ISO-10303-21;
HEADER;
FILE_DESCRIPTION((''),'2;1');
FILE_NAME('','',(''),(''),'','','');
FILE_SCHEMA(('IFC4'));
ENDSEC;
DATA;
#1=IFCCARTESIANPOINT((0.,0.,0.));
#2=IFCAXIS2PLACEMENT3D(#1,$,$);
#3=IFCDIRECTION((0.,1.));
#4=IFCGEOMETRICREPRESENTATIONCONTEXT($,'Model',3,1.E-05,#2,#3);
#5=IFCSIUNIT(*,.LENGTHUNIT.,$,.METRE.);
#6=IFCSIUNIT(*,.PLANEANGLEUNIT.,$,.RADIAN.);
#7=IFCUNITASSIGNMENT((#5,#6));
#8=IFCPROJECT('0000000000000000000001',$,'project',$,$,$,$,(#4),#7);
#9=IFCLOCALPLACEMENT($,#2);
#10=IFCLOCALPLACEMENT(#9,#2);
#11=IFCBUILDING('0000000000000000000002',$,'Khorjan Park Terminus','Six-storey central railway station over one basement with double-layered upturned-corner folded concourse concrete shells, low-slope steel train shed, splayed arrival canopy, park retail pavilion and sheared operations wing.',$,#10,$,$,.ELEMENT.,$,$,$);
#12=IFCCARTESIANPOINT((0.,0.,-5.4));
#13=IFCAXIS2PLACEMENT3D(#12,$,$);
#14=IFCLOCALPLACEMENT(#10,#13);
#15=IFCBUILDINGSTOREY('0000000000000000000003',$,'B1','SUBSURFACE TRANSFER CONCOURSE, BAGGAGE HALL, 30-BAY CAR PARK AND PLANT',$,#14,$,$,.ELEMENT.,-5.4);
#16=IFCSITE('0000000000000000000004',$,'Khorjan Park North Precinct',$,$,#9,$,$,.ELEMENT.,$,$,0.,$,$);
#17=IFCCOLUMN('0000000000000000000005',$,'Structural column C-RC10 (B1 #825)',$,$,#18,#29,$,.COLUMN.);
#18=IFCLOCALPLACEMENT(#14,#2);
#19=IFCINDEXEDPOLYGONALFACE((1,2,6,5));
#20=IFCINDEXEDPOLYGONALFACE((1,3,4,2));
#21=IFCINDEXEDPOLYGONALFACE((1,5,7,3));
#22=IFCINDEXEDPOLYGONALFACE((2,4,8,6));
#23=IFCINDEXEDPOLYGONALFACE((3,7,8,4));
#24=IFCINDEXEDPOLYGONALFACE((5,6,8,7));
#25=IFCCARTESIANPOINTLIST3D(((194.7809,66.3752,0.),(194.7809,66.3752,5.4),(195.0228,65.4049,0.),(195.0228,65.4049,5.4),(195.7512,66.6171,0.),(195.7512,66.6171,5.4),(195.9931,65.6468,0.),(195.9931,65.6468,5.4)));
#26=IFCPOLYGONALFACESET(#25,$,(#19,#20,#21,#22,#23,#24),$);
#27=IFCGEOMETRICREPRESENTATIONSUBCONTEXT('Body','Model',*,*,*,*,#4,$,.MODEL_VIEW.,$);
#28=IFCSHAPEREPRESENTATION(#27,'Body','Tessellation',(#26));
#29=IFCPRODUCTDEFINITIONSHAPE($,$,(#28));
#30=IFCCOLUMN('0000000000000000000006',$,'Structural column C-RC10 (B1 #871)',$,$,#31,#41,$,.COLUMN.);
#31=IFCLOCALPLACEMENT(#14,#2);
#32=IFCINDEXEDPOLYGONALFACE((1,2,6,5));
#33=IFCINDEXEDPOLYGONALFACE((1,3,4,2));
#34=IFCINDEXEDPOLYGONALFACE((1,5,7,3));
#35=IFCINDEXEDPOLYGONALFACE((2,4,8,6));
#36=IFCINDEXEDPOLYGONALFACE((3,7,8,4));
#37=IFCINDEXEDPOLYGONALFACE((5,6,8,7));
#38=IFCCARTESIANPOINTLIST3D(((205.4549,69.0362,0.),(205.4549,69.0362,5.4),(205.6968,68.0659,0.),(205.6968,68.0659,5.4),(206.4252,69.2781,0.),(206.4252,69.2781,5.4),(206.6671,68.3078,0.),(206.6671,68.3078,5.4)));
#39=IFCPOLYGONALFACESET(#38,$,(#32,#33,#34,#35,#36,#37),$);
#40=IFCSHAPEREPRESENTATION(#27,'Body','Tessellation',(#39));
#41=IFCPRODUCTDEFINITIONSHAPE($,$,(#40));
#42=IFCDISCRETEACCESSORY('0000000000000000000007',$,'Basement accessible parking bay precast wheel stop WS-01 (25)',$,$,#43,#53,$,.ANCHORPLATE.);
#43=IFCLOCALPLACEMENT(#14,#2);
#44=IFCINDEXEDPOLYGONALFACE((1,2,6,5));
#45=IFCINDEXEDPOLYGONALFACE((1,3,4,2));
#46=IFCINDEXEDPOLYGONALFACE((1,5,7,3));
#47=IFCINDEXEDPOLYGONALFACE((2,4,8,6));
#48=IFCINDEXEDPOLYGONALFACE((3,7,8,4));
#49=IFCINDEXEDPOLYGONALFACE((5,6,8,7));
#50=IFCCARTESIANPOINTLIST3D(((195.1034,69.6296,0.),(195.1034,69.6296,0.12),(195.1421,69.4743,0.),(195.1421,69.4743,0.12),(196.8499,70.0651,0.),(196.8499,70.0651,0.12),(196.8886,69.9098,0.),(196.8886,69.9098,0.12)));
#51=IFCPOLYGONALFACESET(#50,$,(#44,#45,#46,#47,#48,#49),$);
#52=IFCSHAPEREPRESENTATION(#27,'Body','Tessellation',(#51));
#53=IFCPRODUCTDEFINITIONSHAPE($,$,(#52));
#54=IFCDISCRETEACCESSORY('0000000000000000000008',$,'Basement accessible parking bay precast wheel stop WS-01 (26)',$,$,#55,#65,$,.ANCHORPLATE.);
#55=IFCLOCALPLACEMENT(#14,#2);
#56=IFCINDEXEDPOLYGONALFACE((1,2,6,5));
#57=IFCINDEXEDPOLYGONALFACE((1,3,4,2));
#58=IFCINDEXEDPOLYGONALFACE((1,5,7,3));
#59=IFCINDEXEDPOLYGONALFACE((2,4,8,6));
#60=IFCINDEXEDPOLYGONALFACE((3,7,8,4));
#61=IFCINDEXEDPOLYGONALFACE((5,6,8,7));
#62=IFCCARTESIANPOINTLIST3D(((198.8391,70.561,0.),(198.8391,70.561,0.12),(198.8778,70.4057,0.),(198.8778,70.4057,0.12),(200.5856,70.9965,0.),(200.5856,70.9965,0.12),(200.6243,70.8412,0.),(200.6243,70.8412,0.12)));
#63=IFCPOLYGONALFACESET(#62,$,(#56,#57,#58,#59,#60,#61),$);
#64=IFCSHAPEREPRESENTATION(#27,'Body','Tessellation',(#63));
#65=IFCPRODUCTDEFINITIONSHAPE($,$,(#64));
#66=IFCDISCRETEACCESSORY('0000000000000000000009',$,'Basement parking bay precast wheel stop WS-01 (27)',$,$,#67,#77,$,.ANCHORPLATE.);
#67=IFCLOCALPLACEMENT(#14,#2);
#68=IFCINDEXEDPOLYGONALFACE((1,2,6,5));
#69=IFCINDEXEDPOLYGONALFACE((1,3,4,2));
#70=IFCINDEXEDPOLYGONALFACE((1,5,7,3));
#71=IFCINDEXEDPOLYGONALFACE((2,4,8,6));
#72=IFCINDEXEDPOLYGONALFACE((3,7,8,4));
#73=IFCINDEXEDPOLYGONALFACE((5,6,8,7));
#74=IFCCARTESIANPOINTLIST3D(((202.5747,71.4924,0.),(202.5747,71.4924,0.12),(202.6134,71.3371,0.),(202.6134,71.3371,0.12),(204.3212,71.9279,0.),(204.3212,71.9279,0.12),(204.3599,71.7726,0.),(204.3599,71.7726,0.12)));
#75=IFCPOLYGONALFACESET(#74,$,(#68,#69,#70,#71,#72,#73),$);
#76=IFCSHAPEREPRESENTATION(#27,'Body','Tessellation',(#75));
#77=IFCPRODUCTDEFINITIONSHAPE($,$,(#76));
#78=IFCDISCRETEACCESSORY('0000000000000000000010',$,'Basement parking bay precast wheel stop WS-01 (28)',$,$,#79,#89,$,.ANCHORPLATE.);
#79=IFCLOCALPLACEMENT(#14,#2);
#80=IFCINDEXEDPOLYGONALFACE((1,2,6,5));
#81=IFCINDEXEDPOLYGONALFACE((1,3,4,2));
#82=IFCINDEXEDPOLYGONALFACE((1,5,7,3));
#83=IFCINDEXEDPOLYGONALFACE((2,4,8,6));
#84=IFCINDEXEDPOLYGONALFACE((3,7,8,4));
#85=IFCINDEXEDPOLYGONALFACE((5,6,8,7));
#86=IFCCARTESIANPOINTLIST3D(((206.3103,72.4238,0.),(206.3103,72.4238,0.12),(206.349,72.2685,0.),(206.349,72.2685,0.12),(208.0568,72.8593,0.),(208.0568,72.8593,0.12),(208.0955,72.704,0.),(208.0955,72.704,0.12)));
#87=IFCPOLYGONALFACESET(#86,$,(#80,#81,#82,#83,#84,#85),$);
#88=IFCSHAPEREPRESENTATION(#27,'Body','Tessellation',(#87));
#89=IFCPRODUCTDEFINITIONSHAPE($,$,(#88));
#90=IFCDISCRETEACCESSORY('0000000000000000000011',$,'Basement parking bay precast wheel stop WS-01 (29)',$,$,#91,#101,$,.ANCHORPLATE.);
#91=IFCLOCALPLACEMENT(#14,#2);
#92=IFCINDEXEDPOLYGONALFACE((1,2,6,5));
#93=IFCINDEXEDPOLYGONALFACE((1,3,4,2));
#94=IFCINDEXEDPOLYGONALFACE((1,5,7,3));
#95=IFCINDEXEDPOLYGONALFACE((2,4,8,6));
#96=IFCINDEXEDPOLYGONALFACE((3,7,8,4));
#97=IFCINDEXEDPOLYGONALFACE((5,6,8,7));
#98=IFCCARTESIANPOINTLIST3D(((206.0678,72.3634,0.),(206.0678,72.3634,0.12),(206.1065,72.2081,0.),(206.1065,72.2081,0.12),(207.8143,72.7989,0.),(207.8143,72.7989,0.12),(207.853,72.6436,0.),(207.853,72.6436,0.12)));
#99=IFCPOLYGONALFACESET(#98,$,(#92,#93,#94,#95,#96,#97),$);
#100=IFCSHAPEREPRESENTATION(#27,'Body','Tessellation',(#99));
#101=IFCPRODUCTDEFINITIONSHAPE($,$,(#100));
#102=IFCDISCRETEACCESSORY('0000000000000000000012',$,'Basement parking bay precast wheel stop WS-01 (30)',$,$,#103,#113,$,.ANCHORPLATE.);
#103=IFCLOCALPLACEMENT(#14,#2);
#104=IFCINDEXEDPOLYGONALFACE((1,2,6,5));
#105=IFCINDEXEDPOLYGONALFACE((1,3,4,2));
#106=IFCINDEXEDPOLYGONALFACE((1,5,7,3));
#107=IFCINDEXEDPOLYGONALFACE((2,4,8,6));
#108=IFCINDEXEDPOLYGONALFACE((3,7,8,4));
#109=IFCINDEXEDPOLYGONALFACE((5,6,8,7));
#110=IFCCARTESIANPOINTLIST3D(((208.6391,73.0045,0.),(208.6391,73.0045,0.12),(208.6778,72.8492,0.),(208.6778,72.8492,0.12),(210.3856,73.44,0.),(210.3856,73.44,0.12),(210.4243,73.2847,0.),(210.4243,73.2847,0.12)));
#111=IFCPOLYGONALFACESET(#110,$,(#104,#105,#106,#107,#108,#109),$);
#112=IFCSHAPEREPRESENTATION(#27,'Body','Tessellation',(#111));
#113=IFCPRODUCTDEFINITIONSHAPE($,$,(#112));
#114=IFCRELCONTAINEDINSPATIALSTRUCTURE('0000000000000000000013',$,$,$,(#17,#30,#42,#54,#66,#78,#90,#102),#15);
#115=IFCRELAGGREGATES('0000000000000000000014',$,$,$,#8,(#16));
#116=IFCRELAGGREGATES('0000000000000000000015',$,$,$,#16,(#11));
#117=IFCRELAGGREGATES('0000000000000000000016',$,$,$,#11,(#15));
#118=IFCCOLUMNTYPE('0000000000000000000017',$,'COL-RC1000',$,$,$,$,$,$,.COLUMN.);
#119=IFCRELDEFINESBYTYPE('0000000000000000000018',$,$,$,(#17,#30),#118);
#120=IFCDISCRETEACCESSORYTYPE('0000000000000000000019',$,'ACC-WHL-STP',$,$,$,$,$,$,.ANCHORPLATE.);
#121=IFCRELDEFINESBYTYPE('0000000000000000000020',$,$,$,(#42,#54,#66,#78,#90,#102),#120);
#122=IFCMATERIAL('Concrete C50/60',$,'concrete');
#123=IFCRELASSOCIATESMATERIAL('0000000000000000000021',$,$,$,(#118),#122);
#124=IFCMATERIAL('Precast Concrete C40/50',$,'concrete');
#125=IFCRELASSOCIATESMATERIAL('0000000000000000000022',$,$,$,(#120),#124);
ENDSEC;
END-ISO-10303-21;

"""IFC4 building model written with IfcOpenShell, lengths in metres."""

from ifc_helpers import new_model, si_unit, direction, frame, origin, origin_2d, place, context, subcontext, project, spatial, rectangle, extrude, material, material_profile, profile_set, type_object, element, save


model = new_model("IFC4")

# Units and contexts
model_context = context("Model", 3, precision=1e-05, world=origin(), true_north=direction((0.0, 1.0)))
body_context = subcontext(model_context, "Body", "Model", "MODEL_VIEW")
ifc_project = project(units=[si_unit("LENGTHUNIT", "METRE"), si_unit("PLANEANGLEUNIT", "RADIAN")], contexts=[model_context])

# Site, building, storey
site_placement = place(None, origin())
site = spatial("IfcSite", under=ifc_project, at=site_placement, Name="Khorjan Park North Precinct", CompositionType="ELEMENT", RefElevation=0.0)
building_placement = place(site_placement, origin())
building = spatial("IfcBuilding", under=site, at=building_placement, Name="Khorjan Park Terminus", Description="Six-storey central railway station over one basement with double-layered upturned-corner folded concourse concrete shells, low-slope steel train shed, splayed arrival canopy, park retail pavilion and sheared operations wing.", CompositionType="ELEMENT")
storey_placement = place(building_placement, frame((0.0, 0.0, -5.4)))
storey = spatial("IfcBuildingStorey", under=building, at=storey_placement, Name="B1", Description="SUBSURFACE TRANSFER CONCOURSE, BAGGAGE HALL, 30-BAY CAR PARK AND PLANT", CompositionType="ELEMENT", Elevation=-5.4)

# Columns
ifc_material_1 = material(Name="Concrete C50/60", Category="concrete")
ifc_material_profile_1 = material_profile(ifc_material_1, rectangle(XDim=1.0, YDim=1.0, at=origin_2d()), Name="RC 1000x1000")
ifc_profile_set_1 = profile_set([ifc_material_profile_1], Name="Concrete C50/60")
column_type_1 = type_object("IfcColumnType", Name="COL-RC1000", PredefinedType="COLUMN", material=ifc_profile_set_1)
for number, where, z_axis, x_axis, name in (
    (1, (195.387, 66.011, 0.0), (0.0, 0.0, 1.0), (0.970296, 0.241922, 0.0), "Structural column C-RC10 (B1 #825)"),
    (2, (206.061, 68.672, 0.0), (0.0, 0.0, 1.0), (0.970296, 0.241922, 0.0), "Structural column C-RC10 (B1 #871)"),
):
    element("IfcColumn", number, at=place(storey_placement, frame(where, z_axis=z_axis, x_axis=x_axis)), inside=storey, type_object=column_type_1, Name=name, PredefinedType="COLUMN", context=body_context, shape_type="SweptSolid", body=[
        extrude(rectangle(XDim=1.0, YDim=1.0, at=origin_2d()), origin(), (0.0, 0.0, 1.0), 5.4),
    ])

# Discrete accessories
ifc_material_2 = material(Name="Precast Concrete C40/50", Category="concrete")
discrete_accessory_type = type_object("IfcDiscreteAccessoryType", Name="ACC-WHL-STP", PredefinedType="ANCHORPLATE", material=ifc_material_2)
for number, where, z_axis, x_axis, name in (
    (3, (195.996, 69.7697, 0.0), (0.0, 0.0, 1.0), (0.970296, 0.241922, 0.0), "Basement accessible parking bay precast wheel stop WS-01 (25)"),
    (4, (199.7317, 70.7011, 0.0), (0.0, 0.0, 1.0), (0.970296, 0.241922, 0.0), "Basement accessible parking bay precast wheel stop WS-01 (26)"),
    (5, (203.4673, 71.6325, 0.0), (0.0, 0.0, 1.0), (0.970296, 0.241922, 0.0), "Basement parking bay precast wheel stop WS-01 (27)"),
    (6, (207.2029, 72.5639, 0.0), (0.0, 0.0, 1.0), (0.970296, 0.241922, 0.0), "Basement parking bay precast wheel stop WS-01 (28)"),
    (7, (206.9604, 72.5035, 0.0), (0.0, 0.0, 1.0), (0.970296, 0.241922, 0.0), "Basement parking bay precast wheel stop WS-01 (29)"),
    (8, (209.5317, 73.1446, 0.0), (0.0, 0.0, 1.0), (0.970296, 0.241922, 0.0), "Basement parking bay precast wheel stop WS-01 (30)"),
):
    element("IfcDiscreteAccessory", number, at=place(storey_placement, frame(where, z_axis=z_axis, x_axis=x_axis)), inside=storey, type_object=discrete_accessory_type, Name=name, PredefinedType="ANCHORPLATE", context=body_context, shape_type="SweptSolid", body=[
        extrude(rectangle(XDim=1.8, YDim=0.16, at=origin_2d()), origin(), (0.0, 0.0, 1.0), 0.12),
    ])

save(model, "model.ifc")
